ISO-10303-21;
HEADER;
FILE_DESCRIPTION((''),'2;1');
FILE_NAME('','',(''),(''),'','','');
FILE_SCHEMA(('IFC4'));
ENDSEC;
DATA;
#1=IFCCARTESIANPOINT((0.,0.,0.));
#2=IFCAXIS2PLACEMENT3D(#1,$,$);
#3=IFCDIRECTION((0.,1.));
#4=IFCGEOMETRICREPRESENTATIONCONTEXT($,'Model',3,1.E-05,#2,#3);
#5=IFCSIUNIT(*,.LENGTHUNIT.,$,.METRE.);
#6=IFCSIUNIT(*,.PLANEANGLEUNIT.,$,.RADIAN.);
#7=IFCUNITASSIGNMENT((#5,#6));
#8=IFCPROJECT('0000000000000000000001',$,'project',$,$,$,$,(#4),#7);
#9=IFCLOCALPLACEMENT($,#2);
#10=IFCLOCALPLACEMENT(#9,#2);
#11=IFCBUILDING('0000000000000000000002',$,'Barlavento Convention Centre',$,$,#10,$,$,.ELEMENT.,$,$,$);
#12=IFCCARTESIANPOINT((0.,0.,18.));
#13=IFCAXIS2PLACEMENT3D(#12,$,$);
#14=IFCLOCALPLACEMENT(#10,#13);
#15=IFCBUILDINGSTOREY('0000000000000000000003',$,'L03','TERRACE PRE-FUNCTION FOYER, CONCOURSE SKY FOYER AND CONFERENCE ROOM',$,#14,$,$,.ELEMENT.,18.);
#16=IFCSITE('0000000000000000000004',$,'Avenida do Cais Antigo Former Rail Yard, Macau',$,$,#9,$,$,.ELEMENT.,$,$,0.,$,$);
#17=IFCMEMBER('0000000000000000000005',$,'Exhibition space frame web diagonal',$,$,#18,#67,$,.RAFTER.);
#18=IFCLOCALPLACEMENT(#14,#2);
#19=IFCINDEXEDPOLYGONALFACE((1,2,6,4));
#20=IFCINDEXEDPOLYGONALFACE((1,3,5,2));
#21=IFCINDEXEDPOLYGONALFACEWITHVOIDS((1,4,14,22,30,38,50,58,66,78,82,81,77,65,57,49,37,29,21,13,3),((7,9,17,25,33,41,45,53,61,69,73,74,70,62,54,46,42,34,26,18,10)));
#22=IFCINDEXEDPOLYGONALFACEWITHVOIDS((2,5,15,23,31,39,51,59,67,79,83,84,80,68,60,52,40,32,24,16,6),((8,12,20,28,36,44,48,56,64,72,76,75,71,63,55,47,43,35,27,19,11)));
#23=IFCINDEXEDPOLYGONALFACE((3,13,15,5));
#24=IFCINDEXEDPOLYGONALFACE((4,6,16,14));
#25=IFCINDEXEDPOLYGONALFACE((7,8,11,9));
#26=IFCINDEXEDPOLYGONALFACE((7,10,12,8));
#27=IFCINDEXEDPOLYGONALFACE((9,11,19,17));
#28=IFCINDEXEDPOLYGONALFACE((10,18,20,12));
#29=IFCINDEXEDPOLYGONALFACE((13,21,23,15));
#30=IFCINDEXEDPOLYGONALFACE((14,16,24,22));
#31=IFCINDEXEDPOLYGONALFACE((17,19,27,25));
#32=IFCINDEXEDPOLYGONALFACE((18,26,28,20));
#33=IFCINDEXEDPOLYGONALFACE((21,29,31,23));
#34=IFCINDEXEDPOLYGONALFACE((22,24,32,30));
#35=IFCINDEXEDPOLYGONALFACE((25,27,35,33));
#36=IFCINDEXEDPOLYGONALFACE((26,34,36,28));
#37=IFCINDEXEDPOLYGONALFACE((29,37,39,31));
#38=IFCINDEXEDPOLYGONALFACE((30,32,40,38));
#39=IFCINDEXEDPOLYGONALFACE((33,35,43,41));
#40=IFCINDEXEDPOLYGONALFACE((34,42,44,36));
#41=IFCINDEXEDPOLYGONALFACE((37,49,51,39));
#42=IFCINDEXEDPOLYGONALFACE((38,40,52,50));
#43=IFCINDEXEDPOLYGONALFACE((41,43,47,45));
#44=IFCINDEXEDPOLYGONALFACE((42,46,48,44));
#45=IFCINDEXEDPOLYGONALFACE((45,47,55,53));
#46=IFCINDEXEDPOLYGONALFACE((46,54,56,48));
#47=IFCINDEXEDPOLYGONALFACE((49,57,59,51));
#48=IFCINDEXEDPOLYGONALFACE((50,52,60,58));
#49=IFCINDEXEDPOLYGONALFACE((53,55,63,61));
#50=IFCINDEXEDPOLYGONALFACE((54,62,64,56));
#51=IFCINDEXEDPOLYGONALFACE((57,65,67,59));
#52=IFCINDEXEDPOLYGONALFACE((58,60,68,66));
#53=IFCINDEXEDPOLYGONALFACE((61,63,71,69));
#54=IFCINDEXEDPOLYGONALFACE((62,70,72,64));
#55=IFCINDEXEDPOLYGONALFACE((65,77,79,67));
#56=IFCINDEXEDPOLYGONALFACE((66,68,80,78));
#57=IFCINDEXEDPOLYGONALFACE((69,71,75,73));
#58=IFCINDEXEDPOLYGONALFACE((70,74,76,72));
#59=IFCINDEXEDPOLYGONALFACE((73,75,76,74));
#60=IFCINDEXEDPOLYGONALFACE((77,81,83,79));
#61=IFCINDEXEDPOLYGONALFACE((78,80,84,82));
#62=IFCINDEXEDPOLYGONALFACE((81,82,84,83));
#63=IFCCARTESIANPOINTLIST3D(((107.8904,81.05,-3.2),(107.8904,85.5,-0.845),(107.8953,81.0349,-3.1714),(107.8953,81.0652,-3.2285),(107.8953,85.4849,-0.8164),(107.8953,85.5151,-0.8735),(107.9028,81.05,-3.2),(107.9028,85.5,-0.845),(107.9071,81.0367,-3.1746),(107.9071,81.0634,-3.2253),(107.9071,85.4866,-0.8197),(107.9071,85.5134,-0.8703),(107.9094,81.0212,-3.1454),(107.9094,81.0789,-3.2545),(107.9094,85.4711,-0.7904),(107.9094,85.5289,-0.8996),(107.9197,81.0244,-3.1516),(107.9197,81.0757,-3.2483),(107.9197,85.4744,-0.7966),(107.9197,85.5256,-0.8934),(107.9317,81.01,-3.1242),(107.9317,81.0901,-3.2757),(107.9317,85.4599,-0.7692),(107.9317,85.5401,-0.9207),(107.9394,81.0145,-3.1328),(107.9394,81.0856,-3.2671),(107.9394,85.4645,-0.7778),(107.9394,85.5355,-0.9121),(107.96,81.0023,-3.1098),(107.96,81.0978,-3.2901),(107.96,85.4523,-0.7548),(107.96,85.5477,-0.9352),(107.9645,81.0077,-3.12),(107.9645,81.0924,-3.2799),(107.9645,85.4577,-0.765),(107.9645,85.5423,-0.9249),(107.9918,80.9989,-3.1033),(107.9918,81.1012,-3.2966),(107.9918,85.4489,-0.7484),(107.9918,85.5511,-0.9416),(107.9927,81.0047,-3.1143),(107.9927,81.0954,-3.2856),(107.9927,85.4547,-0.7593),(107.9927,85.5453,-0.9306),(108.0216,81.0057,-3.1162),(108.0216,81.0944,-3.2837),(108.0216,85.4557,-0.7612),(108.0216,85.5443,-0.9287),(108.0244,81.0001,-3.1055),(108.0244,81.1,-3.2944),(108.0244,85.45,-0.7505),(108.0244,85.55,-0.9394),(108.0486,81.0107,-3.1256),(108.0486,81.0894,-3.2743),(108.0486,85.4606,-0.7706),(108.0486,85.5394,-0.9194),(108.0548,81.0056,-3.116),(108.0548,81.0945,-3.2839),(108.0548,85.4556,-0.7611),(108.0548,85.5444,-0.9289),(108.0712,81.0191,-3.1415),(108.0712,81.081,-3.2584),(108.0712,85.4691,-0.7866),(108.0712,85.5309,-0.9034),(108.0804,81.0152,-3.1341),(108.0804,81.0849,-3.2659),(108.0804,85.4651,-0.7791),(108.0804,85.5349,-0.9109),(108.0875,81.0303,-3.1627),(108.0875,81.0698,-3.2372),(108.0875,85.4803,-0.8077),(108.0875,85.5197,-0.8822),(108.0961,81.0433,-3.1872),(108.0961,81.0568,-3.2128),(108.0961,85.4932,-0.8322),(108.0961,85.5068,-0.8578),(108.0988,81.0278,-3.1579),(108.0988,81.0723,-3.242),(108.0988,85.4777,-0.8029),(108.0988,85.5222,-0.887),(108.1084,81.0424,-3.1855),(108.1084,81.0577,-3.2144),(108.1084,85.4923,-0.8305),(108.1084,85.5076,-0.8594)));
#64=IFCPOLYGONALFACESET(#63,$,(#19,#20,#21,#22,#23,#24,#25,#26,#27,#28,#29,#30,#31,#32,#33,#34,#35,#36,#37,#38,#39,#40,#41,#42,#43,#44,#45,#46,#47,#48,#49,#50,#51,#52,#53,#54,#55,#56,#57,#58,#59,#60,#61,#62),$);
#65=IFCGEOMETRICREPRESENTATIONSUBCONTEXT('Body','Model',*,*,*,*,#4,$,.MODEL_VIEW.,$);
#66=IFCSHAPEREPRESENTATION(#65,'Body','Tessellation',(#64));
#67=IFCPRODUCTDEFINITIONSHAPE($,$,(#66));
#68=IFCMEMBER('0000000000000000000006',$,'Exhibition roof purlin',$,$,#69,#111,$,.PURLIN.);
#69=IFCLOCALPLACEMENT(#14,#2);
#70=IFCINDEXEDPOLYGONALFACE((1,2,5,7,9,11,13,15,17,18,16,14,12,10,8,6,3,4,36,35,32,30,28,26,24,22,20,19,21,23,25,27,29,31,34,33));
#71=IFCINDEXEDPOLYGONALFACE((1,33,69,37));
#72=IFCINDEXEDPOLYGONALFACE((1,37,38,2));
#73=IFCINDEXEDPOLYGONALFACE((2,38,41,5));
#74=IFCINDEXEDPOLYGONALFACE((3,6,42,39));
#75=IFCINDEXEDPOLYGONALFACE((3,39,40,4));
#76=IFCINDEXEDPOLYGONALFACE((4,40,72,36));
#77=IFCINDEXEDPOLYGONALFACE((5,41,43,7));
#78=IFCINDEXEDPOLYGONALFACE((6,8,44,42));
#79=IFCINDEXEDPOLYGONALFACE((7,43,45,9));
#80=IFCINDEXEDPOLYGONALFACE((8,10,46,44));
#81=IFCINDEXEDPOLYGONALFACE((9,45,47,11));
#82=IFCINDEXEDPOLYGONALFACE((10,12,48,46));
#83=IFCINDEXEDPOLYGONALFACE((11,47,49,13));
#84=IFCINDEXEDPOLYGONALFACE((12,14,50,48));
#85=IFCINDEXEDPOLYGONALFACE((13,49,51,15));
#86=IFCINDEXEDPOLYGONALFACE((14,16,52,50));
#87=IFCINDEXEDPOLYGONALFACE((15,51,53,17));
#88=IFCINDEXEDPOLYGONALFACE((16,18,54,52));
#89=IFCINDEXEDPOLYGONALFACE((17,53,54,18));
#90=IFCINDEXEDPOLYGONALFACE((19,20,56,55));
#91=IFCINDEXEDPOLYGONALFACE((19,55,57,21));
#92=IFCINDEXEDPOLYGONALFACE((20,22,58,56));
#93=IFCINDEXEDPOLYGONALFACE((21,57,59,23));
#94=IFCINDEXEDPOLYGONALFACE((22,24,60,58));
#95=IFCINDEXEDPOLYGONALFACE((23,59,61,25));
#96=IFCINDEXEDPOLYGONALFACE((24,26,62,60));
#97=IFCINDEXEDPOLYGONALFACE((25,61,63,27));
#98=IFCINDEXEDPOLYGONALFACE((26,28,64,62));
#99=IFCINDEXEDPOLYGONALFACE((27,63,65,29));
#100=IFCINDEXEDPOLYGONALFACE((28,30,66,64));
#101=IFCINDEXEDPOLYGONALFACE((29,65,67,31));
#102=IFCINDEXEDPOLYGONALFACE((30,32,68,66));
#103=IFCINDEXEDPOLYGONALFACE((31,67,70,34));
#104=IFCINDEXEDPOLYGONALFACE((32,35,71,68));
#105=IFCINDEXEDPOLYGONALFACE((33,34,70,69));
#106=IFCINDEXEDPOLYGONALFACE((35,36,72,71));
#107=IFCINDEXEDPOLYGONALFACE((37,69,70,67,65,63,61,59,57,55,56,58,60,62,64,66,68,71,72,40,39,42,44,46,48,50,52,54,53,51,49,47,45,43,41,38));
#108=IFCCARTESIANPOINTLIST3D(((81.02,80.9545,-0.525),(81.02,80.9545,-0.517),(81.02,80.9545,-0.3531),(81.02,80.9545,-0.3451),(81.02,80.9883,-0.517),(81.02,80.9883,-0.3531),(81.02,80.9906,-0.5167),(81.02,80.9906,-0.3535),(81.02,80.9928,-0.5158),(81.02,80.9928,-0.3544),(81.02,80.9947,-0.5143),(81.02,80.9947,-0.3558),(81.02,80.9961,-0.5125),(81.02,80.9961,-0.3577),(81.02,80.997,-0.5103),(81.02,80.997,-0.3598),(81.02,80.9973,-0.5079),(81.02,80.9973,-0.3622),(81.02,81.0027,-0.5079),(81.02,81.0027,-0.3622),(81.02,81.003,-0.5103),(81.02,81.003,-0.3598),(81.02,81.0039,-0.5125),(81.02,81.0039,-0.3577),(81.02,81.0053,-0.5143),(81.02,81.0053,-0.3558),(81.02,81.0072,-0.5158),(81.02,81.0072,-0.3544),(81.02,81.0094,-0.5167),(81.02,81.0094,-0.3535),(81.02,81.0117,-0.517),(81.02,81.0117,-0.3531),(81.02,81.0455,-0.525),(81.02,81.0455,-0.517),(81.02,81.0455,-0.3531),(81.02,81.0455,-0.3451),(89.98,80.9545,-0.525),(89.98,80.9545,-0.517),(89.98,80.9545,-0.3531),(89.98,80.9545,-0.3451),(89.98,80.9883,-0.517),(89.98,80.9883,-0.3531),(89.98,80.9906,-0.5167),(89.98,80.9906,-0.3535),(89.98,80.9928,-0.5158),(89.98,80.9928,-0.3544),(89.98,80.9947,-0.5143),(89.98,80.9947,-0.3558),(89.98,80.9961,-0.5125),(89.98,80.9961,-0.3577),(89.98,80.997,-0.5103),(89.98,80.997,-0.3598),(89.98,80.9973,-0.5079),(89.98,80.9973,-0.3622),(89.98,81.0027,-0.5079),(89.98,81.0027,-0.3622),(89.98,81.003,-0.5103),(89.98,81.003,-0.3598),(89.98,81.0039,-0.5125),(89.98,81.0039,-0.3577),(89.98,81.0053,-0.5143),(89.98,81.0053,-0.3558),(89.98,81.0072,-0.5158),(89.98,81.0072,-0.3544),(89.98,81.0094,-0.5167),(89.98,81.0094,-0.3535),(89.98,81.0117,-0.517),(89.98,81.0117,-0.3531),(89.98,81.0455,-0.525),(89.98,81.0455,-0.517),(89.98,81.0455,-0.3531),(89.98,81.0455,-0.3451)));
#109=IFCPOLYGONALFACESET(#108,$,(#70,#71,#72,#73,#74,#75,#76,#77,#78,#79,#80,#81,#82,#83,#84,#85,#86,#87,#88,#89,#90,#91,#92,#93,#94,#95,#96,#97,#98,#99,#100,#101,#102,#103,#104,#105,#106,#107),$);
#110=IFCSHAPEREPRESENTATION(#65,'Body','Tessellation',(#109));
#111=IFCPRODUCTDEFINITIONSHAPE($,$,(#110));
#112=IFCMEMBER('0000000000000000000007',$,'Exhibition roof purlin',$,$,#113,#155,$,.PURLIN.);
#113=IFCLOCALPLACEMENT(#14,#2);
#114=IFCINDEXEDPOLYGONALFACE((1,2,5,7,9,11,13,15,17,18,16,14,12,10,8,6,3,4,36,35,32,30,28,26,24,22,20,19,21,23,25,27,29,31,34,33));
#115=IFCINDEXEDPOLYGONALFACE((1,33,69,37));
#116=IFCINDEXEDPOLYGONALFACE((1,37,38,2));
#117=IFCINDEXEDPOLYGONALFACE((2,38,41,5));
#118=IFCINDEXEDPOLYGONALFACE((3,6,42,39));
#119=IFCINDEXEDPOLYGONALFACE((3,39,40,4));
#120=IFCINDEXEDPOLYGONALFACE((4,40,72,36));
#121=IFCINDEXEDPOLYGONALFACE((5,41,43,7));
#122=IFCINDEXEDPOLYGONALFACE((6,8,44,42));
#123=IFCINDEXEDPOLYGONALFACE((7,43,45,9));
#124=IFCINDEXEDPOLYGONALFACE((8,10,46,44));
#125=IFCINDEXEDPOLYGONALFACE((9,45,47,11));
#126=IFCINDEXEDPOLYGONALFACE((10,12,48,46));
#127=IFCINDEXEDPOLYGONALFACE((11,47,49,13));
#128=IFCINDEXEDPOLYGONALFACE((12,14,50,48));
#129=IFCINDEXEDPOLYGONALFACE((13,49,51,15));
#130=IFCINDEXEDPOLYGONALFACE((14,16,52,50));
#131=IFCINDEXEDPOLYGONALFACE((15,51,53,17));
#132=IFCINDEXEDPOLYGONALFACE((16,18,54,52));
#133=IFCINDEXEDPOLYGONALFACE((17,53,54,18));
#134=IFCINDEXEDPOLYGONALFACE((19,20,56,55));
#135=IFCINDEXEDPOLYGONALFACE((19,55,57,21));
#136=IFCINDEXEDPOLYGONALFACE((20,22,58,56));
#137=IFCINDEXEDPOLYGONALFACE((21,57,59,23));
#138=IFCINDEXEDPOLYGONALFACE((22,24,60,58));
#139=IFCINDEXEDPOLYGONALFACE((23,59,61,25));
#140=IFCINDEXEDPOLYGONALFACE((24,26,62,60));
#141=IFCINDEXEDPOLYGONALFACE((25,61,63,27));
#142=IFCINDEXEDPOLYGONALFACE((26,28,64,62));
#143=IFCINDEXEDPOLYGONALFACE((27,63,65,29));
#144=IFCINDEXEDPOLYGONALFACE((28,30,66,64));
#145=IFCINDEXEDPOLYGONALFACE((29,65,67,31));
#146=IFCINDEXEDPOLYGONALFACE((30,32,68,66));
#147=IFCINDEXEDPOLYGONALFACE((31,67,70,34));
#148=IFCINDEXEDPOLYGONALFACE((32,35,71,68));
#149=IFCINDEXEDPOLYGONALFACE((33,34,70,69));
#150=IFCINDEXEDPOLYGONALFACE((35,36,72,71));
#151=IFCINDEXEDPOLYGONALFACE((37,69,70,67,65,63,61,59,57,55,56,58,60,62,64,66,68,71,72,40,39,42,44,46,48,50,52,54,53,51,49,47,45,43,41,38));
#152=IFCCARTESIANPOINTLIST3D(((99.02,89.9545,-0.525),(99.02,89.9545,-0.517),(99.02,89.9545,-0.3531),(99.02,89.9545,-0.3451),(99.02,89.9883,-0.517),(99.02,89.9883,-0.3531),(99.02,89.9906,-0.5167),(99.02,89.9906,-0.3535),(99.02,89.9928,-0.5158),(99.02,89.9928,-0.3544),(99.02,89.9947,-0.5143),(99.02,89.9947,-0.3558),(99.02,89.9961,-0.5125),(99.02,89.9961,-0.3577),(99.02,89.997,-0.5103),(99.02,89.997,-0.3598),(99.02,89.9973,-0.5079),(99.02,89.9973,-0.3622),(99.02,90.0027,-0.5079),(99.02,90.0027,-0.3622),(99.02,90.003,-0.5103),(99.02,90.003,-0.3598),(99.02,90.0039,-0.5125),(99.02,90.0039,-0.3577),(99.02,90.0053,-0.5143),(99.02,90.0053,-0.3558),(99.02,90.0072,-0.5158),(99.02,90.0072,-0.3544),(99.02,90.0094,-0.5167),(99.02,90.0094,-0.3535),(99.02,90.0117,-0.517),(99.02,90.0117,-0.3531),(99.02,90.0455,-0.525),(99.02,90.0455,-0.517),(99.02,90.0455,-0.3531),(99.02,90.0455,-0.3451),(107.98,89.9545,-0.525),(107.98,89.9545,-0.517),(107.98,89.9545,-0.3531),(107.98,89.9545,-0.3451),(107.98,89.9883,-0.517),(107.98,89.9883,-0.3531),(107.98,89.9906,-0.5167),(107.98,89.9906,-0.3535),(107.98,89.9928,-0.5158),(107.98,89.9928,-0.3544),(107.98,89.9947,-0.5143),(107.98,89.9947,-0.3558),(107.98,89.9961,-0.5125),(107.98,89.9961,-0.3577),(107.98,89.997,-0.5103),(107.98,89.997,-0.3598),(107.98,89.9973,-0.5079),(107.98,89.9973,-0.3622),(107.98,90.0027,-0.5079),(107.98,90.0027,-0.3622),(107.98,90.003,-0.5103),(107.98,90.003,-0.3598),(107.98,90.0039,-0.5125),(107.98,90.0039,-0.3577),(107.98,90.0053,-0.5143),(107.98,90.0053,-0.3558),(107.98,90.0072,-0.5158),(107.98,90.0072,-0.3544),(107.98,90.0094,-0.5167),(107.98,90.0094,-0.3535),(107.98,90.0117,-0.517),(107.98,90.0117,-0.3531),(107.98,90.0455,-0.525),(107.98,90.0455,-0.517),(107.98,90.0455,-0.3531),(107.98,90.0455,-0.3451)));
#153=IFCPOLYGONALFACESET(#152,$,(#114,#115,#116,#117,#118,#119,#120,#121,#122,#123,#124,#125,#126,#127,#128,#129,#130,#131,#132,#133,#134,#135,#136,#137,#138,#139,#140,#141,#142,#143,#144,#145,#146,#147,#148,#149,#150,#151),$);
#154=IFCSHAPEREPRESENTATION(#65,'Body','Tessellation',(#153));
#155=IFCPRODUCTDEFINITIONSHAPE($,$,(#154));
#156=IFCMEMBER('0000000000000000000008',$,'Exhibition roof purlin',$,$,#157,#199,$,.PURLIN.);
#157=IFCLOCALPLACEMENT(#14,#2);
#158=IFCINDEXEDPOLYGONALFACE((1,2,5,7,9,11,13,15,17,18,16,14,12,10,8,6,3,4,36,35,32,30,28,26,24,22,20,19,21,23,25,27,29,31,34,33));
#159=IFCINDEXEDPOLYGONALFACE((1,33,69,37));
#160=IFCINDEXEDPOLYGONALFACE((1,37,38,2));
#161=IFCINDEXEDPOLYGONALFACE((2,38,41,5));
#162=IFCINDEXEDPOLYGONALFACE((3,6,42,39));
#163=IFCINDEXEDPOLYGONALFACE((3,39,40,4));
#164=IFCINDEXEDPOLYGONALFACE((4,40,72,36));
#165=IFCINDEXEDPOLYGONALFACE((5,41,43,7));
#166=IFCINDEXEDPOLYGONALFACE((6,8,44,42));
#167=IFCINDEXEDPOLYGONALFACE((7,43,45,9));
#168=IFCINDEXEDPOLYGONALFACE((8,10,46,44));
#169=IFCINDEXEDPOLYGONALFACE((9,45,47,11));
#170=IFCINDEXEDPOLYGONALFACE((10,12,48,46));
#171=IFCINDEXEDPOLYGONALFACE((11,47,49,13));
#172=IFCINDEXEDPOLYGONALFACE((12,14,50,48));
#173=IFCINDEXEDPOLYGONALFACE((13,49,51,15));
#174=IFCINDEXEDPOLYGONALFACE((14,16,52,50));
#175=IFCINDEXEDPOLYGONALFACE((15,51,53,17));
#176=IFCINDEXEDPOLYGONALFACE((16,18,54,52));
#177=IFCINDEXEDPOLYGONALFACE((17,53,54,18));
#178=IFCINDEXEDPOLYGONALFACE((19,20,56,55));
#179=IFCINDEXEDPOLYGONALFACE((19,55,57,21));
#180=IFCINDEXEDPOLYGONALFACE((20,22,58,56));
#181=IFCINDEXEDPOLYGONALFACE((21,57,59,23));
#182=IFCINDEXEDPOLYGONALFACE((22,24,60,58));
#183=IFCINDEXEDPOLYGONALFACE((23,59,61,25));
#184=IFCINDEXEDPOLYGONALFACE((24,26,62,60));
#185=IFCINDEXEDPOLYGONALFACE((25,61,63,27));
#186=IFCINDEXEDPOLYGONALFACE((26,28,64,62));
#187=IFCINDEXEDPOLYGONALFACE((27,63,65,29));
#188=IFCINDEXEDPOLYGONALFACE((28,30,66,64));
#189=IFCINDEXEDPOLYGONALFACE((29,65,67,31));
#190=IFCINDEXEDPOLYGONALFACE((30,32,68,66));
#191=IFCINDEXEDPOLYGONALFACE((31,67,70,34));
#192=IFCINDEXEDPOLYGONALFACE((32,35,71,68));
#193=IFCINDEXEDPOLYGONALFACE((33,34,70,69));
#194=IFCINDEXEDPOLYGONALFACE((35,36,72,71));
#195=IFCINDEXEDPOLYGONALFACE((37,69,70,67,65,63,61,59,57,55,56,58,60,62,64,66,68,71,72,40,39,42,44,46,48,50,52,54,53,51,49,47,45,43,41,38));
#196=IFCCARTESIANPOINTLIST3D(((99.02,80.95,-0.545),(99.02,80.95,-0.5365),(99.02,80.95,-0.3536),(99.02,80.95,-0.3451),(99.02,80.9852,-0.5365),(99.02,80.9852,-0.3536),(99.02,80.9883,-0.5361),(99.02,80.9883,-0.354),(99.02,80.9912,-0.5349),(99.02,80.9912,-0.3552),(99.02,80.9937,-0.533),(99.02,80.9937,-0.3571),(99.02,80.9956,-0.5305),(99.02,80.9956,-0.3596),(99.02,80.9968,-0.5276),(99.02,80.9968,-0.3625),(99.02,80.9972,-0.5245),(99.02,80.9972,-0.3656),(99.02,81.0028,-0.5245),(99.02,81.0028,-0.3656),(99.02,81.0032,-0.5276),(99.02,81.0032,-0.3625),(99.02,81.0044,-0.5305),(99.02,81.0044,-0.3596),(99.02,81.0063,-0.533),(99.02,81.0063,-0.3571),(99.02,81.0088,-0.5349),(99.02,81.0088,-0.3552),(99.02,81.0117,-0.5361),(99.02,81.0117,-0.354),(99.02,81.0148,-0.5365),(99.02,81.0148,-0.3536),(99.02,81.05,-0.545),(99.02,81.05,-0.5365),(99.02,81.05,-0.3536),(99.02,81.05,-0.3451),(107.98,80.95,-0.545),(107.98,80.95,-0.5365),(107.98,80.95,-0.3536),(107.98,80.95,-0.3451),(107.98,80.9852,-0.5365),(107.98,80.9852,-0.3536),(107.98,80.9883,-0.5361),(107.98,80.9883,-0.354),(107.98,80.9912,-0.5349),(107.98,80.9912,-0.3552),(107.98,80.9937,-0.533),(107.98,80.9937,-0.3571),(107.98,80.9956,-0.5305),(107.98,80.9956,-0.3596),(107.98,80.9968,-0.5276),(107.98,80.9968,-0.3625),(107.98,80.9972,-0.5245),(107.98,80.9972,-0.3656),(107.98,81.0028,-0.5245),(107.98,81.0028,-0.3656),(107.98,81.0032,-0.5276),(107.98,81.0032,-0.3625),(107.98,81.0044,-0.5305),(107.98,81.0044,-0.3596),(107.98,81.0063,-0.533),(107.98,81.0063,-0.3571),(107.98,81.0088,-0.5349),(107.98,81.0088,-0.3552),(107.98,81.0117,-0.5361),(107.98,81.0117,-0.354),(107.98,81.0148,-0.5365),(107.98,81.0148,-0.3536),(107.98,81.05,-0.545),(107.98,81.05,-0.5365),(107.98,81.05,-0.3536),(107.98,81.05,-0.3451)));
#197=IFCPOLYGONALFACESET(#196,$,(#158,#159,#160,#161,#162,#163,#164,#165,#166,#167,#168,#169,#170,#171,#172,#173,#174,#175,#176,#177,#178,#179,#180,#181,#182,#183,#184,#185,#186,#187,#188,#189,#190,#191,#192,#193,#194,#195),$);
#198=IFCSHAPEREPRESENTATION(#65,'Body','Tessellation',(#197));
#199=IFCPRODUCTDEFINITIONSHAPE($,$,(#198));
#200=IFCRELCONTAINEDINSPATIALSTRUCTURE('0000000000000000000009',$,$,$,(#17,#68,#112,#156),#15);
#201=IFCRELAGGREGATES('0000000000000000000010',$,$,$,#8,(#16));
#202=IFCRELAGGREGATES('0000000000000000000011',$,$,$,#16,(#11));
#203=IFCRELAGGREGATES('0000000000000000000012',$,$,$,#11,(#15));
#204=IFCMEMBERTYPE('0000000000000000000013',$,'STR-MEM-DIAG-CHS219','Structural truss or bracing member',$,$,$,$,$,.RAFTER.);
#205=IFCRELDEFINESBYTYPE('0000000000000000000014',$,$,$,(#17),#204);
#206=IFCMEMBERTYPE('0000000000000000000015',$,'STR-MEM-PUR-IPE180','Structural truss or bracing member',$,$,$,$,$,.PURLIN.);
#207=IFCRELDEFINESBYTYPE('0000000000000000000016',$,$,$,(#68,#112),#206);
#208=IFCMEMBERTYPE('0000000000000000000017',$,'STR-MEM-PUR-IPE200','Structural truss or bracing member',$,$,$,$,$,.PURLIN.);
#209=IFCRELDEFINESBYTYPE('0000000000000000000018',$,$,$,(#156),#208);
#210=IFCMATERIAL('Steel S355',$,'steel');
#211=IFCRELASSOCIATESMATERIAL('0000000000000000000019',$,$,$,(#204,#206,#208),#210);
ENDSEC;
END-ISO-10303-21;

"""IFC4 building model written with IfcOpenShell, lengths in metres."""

from ifc_helpers import new_model, si_unit, direction, frame, origin, origin_2d, place, context, subcontext, project, spatial, hollow_circle, i_section, extrude, material, material_profile, profile_set, type_object, element, save


model = new_model("IFC4")

# Units and contexts
model_context = context("Model", 3, precision=1e-05, world=origin(), true_north=direction((0.0, 1.0)))
body_context = subcontext(model_context, "Body", "Model", "MODEL_VIEW")
ifc_project = project(units=[si_unit("LENGTHUNIT", "METRE"), si_unit("PLANEANGLEUNIT", "RADIAN")], contexts=[model_context])

# Site, building, storey
site_placement = place(None, origin())
site = spatial("IfcSite", under=ifc_project, at=site_placement, Name="Avenida do Cais Antigo Former Rail Yard, Macau", CompositionType="ELEMENT", RefElevation=0.0)
building_placement = place(site_placement, origin())
building = spatial("IfcBuilding", under=site, at=building_placement, Name="Barlavento Convention Centre", CompositionType="ELEMENT")
storey_placement = place(building_placement, frame((0.0, 0.0, 18.0)))
storey = spatial("IfcBuildingStorey", under=building, at=storey_placement, Name="L03", Description="TERRACE PRE-FUNCTION FOYER, CONCOURSE SKY FOYER AND CONFERENCE ROOM", CompositionType="ELEMENT", Elevation=18.0)

# Members
ifc_material_1 = material(Name="Steel S355", Category="steel")
ifc_material_profile_1 = material_profile(ifc_material_1, hollow_circle(Radius=0.1096, WallThickness=0.0125, at=origin_2d()), Name="CHS 219.1x12.5")
ifc_profile_set_1 = profile_set([ifc_material_profile_1], Name="Steel S355")
member_type_1 = type_object("IfcMemberType", Name="STR-MEM-DIAG-CHS219", Description="Structural truss or bracing member", PredefinedType="RAFTER", material=ifc_profile_set_1)
member_1_placement = place(storey_placement, frame((108.0, 81.05, -3.2), z_axis=(0.0, 0.88386, 0.467752), x_axis=(-1.0, 0.0, 0.0)))
element("IfcMember", 1, at=member_1_placement, inside=storey, type_object=member_type_1, Name="Exhibition space frame web diagonal", PredefinedType="RAFTER", context=body_context, shape_type="SweptSolid", body=[
    extrude(hollow_circle(Radius=0.1096, WallThickness=0.0125, at=origin_2d()), origin(), (0.0, 0.0, 1.0), 5.0347),
])
ifc_material_profile_2 = material_profile(ifc_material_1, i_section(OverallWidth=0.0911, OverallDepth=0.1799, WebThickness=0.0054, FlangeThickness=0.0081, FilletRadius=0.009, at=origin_2d()), Name="IPE 180")
ifc_profile_set_2 = profile_set([ifc_material_profile_2], Name="Steel S355")
member_type_2 = type_object("IfcMemberType", Name="STR-MEM-PUR-IPE180", Description="Structural truss or bracing member", PredefinedType="PURLIN", material=ifc_profile_set_2)
for number, where, z_axis, x_axis, name in (
    (2, (81.02, 81.0, -0.4351), (1.0, 0.0, 0.0), (0.0, 1.0, 0.0), "Exhibition roof purlin"),
    (3, (99.02, 90.0, -0.4351), (1.0, 0.0, 0.0), (0.0, 1.0, 0.0), "Exhibition roof purlin"),
):
    element("IfcMember", number, at=place(storey_placement, frame(where, z_axis=z_axis, x_axis=x_axis)), inside=storey, type_object=member_type_2, Name=name, PredefinedType="PURLIN", context=body_context, shape_type="SweptSolid", body=[
        extrude(i_section(OverallWidth=0.0911, OverallDepth=0.1799, WebThickness=0.0054, FlangeThickness=0.0081, FilletRadius=0.009, at=origin_2d()), origin(), (0.0, 0.0, 1.0), 8.96),
    ])
ifc_material_profile_3 = material_profile(ifc_material_1, i_section(OverallWidth=0.1001, OverallDepth=0.2, WebThickness=0.0056, FlangeThickness=0.0085, FilletRadius=0.012, at=origin_2d()), Name="IPE 200")
ifc_profile_set_3 = profile_set([ifc_material_profile_3], Name="Steel S355")
member_type_3 = type_object("IfcMemberType", Name="STR-MEM-PUR-IPE200", Description="Structural truss or bracing member", PredefinedType="PURLIN", material=ifc_profile_set_3)
for number, where, z_axis, x_axis, name in (
    (4, (99.02, 81.0, -0.4451), (1.0, 0.0, 0.0), (0.0, 1.0, 0.0), "Exhibition roof purlin"),
):
    element("IfcMember", number, at=place(storey_placement, frame(where, z_axis=z_axis, x_axis=x_axis)), inside=storey, type_object=member_type_3, Name=name, PredefinedType="PURLIN", context=body_context, shape_type="SweptSolid", body=[
        extrude(i_section(OverallWidth=0.1001, OverallDepth=0.2, WebThickness=0.0056, FlangeThickness=0.0085, FilletRadius=0.012, at=origin_2d()), origin(), (0.0, 0.0, 1.0), 8.96),
    ])

save(model, "model.ifc")
